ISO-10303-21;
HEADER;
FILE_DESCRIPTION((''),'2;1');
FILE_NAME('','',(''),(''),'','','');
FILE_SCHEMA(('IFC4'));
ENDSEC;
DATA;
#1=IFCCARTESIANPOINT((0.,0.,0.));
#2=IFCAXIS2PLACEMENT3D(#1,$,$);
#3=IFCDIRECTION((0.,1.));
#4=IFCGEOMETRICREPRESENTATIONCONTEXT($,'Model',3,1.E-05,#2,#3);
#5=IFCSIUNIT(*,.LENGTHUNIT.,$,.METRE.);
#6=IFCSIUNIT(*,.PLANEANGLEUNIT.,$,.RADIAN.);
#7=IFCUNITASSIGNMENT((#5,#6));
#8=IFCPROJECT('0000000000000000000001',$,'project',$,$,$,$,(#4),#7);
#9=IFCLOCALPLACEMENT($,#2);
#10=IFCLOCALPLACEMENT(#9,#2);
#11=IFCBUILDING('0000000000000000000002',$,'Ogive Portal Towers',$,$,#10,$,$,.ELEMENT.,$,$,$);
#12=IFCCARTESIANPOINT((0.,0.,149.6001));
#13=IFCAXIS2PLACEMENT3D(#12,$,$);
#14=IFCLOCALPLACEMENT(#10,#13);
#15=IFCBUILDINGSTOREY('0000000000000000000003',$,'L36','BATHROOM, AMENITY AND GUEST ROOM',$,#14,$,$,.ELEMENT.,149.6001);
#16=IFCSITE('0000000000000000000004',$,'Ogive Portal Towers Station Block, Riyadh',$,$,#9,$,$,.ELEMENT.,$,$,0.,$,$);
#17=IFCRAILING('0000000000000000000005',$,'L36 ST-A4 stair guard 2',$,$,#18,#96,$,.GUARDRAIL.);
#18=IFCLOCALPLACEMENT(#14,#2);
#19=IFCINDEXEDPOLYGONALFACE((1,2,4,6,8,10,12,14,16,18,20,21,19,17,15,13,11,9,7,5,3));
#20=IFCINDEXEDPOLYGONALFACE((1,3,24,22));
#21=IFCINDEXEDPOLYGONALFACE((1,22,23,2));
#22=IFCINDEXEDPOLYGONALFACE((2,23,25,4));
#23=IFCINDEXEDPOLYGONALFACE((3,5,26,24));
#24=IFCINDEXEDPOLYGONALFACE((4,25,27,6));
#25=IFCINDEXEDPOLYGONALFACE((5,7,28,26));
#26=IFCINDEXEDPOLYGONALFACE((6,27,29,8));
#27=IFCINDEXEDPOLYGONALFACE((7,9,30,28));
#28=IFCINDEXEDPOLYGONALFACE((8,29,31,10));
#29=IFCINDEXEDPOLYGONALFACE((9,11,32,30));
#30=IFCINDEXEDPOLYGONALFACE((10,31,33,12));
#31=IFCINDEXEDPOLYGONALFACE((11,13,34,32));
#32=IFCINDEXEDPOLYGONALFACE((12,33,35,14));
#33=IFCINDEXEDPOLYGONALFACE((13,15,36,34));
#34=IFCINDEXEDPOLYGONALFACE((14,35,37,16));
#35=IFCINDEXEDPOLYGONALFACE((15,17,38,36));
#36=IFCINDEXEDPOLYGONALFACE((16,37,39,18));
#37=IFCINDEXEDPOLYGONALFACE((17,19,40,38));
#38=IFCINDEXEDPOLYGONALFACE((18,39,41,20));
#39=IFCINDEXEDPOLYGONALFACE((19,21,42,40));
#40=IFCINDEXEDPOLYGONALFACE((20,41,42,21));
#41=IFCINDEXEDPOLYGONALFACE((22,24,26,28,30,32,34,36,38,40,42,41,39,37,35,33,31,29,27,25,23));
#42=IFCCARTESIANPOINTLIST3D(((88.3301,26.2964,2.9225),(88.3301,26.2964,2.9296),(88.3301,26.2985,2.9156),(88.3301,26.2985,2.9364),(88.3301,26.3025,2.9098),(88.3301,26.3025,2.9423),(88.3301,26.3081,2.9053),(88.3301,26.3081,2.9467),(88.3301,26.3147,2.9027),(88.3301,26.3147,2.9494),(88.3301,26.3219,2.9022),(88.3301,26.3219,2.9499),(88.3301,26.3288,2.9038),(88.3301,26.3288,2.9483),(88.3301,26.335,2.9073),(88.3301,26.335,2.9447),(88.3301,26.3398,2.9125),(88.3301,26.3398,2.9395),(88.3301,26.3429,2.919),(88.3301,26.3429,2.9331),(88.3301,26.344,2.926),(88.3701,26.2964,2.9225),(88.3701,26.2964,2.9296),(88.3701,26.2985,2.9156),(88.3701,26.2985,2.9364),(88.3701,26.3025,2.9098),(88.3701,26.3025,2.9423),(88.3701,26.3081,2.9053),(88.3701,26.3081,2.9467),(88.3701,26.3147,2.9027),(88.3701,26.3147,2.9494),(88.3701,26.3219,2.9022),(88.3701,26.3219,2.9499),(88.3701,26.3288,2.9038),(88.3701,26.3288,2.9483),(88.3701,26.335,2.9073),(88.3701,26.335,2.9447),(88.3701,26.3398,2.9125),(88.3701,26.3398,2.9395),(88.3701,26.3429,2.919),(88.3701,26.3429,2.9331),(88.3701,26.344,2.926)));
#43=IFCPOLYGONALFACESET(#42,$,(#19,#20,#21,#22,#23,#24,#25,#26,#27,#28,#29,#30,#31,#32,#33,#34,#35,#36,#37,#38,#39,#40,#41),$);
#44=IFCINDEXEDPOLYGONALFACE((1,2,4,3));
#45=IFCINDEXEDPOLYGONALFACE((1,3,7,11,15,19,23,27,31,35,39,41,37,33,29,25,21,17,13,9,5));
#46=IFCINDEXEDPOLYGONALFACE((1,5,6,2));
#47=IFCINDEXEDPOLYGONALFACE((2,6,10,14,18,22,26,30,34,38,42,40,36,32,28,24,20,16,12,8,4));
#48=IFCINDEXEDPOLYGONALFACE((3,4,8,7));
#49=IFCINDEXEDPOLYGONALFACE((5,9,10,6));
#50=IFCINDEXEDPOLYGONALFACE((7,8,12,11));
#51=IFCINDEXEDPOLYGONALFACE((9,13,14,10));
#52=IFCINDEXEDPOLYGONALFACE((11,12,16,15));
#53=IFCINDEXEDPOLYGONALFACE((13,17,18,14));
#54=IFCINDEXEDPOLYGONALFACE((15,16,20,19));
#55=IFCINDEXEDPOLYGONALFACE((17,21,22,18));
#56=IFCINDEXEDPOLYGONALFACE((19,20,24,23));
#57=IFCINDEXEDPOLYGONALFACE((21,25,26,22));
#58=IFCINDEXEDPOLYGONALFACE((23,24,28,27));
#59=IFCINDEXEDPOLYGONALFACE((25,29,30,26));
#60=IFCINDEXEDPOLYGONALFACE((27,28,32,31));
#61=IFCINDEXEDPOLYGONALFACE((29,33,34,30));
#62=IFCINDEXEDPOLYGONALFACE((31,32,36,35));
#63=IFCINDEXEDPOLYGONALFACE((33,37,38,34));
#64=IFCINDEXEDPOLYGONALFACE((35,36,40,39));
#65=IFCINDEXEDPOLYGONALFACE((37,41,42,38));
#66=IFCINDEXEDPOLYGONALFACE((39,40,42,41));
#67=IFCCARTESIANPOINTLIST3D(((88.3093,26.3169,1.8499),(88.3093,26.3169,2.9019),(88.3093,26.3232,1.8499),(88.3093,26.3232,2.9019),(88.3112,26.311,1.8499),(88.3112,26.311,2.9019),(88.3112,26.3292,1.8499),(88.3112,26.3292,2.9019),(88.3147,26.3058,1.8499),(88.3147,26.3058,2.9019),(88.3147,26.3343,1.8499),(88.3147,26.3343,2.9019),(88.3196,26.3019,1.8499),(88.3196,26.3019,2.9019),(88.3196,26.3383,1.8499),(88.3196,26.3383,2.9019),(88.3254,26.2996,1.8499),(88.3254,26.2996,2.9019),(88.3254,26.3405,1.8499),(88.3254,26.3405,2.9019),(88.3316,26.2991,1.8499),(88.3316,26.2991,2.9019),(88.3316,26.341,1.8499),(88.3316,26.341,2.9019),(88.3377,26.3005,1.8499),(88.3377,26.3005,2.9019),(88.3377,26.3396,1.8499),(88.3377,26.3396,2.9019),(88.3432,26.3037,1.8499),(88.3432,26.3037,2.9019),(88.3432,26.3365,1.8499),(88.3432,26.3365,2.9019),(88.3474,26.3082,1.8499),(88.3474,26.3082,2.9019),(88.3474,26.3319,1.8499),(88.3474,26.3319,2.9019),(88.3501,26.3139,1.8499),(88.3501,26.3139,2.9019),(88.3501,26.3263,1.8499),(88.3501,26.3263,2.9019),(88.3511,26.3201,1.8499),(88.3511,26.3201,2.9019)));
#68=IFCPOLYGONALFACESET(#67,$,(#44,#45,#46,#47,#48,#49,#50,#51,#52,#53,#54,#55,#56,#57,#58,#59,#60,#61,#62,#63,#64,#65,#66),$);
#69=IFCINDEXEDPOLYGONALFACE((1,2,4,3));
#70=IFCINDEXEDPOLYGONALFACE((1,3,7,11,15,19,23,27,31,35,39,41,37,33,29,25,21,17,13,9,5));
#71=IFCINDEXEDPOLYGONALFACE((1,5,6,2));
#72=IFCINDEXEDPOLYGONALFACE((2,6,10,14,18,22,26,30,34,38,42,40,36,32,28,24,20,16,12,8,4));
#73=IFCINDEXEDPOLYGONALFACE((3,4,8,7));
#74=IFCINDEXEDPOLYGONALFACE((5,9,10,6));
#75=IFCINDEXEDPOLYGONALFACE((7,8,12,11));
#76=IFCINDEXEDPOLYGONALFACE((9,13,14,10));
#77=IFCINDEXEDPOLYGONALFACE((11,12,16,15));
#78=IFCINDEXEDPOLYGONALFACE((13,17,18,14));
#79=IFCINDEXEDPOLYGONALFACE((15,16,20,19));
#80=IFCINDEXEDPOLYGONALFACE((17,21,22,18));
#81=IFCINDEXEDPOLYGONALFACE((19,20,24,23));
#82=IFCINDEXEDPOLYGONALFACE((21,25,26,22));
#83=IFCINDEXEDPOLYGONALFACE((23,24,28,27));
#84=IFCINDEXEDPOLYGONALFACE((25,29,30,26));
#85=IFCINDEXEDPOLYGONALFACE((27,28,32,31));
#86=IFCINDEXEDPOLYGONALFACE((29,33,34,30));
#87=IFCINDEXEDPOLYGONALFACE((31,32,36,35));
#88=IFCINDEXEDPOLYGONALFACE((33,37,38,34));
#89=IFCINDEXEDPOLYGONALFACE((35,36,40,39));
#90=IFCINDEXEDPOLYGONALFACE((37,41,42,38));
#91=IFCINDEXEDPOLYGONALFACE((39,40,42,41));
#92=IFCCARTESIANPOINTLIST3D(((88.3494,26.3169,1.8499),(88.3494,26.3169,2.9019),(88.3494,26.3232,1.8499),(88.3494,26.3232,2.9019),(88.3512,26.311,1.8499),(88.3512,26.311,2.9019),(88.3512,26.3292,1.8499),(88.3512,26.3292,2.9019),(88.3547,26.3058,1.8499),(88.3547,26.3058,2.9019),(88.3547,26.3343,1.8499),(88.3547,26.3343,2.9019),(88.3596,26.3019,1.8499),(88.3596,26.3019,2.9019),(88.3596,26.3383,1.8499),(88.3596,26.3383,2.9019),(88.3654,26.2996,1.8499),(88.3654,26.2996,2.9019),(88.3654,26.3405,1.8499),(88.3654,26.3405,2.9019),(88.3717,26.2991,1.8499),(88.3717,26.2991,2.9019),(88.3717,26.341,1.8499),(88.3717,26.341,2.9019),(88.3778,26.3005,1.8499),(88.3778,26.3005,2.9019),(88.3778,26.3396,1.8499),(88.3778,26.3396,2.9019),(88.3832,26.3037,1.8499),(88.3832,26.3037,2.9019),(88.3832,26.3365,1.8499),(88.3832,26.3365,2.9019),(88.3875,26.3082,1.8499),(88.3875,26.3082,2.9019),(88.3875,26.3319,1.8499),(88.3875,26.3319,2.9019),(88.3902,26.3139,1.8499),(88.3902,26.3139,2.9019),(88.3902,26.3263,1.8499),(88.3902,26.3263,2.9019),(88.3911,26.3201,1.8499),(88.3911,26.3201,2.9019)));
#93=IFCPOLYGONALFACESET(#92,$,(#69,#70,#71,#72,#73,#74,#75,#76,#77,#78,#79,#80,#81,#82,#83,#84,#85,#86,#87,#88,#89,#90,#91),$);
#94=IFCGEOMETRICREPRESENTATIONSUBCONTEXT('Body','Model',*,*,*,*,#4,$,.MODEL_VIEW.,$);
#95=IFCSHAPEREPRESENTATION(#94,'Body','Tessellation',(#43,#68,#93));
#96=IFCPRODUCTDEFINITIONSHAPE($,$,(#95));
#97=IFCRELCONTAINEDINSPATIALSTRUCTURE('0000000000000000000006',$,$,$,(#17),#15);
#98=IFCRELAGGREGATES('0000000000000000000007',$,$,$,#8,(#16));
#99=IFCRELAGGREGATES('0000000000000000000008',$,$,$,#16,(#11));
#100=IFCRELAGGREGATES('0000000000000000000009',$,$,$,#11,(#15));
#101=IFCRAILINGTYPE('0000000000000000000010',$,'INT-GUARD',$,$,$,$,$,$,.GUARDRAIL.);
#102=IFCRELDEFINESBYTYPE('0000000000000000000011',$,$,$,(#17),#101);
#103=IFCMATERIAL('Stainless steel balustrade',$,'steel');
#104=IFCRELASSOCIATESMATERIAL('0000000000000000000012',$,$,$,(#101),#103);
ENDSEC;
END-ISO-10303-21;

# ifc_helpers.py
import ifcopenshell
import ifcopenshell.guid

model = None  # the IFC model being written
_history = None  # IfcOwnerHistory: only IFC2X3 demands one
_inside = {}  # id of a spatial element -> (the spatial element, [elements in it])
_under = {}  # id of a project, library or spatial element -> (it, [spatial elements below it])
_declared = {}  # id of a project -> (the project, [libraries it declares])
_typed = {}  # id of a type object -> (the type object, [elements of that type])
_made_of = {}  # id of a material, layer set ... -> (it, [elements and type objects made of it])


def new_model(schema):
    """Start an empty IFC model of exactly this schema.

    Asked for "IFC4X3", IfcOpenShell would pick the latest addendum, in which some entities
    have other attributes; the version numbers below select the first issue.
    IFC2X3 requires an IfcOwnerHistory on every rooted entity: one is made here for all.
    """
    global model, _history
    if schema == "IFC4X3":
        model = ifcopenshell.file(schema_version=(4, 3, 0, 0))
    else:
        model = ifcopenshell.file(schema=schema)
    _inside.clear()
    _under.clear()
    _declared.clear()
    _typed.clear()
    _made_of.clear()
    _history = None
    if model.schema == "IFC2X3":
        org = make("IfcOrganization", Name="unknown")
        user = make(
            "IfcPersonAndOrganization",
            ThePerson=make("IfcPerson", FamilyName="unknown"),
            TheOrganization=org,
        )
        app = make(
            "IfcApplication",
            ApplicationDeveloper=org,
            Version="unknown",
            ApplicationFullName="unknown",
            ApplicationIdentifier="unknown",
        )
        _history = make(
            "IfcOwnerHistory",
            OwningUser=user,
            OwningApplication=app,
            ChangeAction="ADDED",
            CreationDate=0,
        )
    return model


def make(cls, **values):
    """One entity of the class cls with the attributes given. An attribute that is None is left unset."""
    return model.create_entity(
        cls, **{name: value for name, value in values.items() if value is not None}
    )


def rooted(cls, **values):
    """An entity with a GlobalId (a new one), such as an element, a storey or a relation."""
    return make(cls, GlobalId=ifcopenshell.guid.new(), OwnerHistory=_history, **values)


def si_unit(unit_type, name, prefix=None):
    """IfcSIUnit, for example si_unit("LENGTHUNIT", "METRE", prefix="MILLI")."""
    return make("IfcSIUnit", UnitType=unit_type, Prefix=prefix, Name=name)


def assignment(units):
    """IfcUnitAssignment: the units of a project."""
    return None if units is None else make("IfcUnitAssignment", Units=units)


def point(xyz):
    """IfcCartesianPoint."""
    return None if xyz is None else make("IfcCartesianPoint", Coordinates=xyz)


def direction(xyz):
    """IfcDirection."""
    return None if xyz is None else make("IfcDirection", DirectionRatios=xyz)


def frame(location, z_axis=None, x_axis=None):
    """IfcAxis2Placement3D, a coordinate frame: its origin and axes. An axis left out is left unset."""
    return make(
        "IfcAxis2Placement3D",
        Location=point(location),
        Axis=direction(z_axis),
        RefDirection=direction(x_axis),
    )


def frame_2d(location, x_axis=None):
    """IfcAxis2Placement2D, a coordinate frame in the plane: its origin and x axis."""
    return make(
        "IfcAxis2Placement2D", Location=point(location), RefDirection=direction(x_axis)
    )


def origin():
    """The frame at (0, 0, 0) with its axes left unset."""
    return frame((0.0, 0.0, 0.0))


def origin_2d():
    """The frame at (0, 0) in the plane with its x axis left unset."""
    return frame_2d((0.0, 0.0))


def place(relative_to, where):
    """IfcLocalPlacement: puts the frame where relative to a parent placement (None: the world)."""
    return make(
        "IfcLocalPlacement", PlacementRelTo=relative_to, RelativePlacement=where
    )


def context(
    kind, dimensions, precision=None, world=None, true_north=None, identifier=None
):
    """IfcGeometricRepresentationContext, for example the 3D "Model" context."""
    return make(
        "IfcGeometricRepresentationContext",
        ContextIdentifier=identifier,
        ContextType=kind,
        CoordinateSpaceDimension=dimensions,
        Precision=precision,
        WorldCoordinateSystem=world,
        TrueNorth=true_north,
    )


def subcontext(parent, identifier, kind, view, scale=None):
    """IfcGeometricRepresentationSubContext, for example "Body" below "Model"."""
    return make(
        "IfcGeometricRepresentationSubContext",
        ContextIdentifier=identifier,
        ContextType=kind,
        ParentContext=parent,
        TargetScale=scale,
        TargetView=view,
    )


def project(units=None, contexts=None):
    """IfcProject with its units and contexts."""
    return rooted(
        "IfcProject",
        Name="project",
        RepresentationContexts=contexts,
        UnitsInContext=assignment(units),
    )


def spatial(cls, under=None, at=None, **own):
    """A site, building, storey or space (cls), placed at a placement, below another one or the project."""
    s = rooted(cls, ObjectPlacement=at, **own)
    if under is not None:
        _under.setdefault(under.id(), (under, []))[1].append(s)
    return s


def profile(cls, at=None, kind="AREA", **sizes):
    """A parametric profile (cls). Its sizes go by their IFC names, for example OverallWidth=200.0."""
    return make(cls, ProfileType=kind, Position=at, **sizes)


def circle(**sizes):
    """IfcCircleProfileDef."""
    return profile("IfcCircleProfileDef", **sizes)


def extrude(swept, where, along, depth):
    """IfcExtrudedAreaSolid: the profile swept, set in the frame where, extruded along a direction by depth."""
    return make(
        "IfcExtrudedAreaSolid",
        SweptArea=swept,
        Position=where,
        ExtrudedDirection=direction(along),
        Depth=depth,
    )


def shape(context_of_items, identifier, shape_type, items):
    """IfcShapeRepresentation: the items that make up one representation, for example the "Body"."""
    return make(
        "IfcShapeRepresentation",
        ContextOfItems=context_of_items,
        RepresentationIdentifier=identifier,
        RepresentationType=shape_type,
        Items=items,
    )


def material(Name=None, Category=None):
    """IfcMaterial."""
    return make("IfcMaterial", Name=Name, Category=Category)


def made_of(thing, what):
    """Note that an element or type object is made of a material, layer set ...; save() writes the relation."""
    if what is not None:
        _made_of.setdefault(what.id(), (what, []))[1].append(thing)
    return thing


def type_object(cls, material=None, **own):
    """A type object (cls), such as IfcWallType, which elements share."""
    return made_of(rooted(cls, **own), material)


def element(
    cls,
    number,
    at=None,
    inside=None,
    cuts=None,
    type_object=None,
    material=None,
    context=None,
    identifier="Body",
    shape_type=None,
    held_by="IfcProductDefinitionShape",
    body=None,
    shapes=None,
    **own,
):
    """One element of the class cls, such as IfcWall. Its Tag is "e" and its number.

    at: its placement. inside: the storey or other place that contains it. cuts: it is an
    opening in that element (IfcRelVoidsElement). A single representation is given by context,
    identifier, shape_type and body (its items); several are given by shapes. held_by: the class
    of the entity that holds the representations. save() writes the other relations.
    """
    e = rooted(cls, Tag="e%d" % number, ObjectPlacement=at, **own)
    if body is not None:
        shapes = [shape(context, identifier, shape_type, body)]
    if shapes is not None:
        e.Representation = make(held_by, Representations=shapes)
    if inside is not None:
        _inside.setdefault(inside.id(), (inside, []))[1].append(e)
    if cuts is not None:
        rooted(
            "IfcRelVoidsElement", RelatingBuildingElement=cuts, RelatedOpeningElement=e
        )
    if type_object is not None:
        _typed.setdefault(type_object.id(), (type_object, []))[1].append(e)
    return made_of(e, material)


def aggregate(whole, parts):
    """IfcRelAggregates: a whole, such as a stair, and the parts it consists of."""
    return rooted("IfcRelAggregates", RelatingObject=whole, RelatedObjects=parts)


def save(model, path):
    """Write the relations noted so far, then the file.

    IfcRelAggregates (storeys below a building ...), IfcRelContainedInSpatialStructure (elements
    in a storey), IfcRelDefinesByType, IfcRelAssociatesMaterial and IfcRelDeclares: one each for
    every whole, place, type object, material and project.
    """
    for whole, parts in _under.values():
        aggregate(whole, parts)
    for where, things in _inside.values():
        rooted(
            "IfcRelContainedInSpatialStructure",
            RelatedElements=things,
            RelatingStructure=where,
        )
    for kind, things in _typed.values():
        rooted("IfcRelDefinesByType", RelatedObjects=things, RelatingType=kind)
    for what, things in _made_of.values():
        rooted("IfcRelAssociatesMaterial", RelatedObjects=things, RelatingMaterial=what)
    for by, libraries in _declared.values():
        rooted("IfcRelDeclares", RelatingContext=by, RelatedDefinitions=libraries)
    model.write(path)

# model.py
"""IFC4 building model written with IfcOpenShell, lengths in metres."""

from ifc_helpers import new_model, si_unit, direction, frame, origin, origin_2d, place, context, subcontext, project, spatial, circle, extrude, material, type_object, element, save


model = new_model("IFC4")

# Units and contexts
model_context = context("Model", 3, precision=1e-05, world=origin(), true_north=direction((0.0, 1.0)))
body_context = subcontext(model_context, "Body", "Model", "MODEL_VIEW")
ifc_project = project(units=[si_unit("LENGTHUNIT", "METRE"), si_unit("PLANEANGLEUNIT", "RADIAN")], contexts=[model_context])

# Site, building, storey
site_placement = place(None, origin())
site = spatial("IfcSite", under=ifc_project, at=site_placement, Name="Ogive Portal Towers Station Block, Riyadh", CompositionType="ELEMENT", RefElevation=0.0)
building_placement = place(site_placement, origin())
building = spatial("IfcBuilding", under=site, at=building_placement, Name="Ogive Portal Towers", CompositionType="ELEMENT")
storey_placement = place(building_placement, frame((0.0, 0.0, 149.6001)))
storey = spatial("IfcBuildingStorey", under=building, at=storey_placement, Name="L36", Description="BATHROOM, AMENITY AND GUEST ROOM", CompositionType="ELEMENT", Elevation=149.6001)

# Railing
ifc_material_1 = material(Name="Stainless steel balustrade", Category="steel")
railing_type_1 = type_object("IfcRailingType", Name="INT-GUARD", PredefinedType="GUARDRAIL", material=ifc_material_1)
railing_1_placement = place(storey_placement, frame((88.3301, 26.3201, 1.8499)))
element("IfcRailing", 1, at=railing_1_placement, inside=storey, type_object=railing_type_1, Name="L36 ST-A4 stair guard 2", PredefinedType="GUARDRAIL", context=body_context, shape_type="SweptSolid", body=[
    extrude(circle(Radius=0.0239, at=origin_2d()), frame((0.0, 0.0, 1.0762), z_axis=(1.0, 0.0, 0.0), x_axis=(0.0, 1.0, 0.0)), (0.0, 0.0, 1.0), 0.04),
    extrude(circle(Radius=0.021, at=origin_2d()), origin(), (0.0, 0.0, 1.0), 1.052),
    extrude(circle(Radius=0.021, at=origin_2d()), frame((0.04, 0.0, 0.0)), (0.0, 0.0, 1.0), 1.052),
])

save(model, "model.ifc")
